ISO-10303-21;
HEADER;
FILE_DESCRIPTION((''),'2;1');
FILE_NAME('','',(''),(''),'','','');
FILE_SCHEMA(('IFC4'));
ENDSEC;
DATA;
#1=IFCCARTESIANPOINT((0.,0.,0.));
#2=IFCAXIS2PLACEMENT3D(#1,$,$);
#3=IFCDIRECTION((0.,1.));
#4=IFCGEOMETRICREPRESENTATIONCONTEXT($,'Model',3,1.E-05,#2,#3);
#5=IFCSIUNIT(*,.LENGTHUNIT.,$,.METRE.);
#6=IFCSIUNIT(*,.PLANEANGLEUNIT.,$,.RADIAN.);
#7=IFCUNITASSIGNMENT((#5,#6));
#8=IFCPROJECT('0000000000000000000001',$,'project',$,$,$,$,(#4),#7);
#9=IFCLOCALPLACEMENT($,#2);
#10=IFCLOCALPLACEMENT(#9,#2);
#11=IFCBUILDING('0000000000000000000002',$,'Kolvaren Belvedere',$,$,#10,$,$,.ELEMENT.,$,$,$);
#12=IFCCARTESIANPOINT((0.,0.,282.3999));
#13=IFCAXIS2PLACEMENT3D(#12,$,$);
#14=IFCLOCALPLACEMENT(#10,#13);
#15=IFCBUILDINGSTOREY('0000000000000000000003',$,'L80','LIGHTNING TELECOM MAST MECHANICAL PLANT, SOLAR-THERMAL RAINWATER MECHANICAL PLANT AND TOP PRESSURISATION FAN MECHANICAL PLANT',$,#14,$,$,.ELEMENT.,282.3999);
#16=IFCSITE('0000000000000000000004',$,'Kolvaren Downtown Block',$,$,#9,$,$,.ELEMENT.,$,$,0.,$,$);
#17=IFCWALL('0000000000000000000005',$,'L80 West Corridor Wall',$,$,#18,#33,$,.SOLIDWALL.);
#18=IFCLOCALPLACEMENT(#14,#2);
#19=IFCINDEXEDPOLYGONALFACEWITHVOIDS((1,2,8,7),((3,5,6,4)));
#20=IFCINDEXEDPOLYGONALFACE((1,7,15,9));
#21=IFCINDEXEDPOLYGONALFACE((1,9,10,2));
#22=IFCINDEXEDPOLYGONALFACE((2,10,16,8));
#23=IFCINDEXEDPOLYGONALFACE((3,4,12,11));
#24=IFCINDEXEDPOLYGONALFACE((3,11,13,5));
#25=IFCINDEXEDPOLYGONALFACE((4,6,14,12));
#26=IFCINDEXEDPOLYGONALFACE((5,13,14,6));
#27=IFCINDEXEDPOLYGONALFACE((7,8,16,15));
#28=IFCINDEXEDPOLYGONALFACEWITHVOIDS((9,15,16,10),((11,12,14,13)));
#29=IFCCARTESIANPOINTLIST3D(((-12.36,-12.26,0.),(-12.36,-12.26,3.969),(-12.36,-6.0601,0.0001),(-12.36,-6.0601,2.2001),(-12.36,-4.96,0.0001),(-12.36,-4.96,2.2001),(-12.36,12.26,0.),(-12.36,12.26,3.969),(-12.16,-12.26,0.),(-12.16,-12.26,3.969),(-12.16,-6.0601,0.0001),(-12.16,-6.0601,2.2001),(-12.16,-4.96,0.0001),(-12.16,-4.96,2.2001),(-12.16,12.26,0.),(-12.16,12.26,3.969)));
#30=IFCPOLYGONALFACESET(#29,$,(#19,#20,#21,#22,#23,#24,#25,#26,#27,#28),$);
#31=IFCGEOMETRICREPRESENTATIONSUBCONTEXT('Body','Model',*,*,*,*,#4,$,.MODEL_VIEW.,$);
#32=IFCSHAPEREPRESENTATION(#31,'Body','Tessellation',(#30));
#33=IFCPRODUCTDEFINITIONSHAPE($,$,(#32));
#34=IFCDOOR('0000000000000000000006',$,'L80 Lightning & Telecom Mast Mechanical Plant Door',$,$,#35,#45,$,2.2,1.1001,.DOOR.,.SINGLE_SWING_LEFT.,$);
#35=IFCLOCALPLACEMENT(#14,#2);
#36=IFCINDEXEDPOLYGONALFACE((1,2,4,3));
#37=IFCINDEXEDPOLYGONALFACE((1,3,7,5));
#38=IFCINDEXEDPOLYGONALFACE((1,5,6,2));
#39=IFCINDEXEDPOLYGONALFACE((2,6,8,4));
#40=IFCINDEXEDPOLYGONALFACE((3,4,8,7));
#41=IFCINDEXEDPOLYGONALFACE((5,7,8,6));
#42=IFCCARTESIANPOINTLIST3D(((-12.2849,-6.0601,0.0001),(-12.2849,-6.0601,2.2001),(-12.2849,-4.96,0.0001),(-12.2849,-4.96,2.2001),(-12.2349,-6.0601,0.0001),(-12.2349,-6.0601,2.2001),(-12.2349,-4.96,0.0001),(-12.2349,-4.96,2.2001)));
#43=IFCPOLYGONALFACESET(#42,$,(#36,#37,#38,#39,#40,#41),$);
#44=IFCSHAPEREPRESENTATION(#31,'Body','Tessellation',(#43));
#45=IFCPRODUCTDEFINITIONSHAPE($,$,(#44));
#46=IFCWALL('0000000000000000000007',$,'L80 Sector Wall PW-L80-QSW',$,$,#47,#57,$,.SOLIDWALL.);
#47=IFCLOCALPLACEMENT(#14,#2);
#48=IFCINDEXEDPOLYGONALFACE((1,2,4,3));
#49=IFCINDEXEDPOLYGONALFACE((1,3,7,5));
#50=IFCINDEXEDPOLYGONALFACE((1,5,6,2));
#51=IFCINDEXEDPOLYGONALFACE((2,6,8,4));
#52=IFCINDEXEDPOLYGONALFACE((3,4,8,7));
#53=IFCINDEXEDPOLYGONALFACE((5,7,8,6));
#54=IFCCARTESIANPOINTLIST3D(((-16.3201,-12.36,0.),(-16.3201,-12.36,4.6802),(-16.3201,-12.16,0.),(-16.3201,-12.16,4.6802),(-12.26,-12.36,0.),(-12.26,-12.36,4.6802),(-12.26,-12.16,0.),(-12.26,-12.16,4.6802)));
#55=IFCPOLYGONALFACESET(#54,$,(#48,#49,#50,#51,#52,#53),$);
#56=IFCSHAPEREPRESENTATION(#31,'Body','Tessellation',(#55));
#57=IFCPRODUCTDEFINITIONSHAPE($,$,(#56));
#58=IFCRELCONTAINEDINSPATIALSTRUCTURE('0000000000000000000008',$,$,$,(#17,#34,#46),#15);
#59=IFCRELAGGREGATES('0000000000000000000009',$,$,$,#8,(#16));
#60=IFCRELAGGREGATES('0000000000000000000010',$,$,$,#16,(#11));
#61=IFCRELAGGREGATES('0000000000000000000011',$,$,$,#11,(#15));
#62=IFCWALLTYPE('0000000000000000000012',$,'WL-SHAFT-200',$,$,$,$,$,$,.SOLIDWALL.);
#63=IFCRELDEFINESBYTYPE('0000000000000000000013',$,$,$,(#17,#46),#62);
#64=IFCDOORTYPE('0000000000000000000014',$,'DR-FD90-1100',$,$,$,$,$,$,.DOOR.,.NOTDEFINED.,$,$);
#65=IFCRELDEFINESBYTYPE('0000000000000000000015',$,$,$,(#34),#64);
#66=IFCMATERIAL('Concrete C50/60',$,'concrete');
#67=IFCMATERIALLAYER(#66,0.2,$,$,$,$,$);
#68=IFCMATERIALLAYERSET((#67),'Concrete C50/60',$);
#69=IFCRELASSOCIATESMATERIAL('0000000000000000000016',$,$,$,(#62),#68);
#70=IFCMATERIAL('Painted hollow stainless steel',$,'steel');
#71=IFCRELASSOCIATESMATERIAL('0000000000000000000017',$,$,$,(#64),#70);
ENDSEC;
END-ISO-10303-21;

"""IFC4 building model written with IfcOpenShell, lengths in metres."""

from ifc_helpers import new_model, si_unit, direction, frame, frame_2d, origin, place, context, subcontext, project, spatial, rectangle, extrude, material, layer, layer_set, type_object, element, fill, save


model = new_model("IFC4")

# Units and contexts
model_context = context("Model", 3, precision=1e-05, world=origin(), true_north=direction((0.0, 1.0)))
body_context = subcontext(model_context, "Body", "Model", "MODEL_VIEW")
ifc_project = project(units=[si_unit("LENGTHUNIT", "METRE"), si_unit("PLANEANGLEUNIT", "RADIAN")], contexts=[model_context])

# Site, building, storey
site_placement = place(None, origin())
site = spatial("IfcSite", under=ifc_project, at=site_placement, Name="Kolvaren Downtown Block", CompositionType="ELEMENT", RefElevation=0.0)
building_placement = place(site_placement, origin())
building = spatial("IfcBuilding", under=site, at=building_placement, Name="Kolvaren Belvedere", CompositionType="ELEMENT")
storey_placement = place(building_placement, frame((0.0, 0.0, 282.3999)))
storey = spatial("IfcBuildingStorey", under=building, at=storey_placement, Name="L80", Description="LIGHTNING TELECOM MAST MECHANICAL PLANT, SOLAR-THERMAL RAINWATER MECHANICAL PLANT AND TOP PRESSURISATION FAN MECHANICAL PLANT", CompositionType="ELEMENT", Elevation=282.3999)

# Shared definitions
ifc_material_1 = material(Name="Concrete C50/60", Category="concrete")
ifc_layer_1 = layer(ifc_material_1, 0.2)
ifc_layer_set_1 = layer_set([ifc_layer_1], Name="Concrete C50/60")
wall_type_1 = type_object("IfcWallType", Name="WL-SHAFT-200", PredefinedType="SOLIDWALL", material=ifc_layer_set_1)
ifc_material_2 = material(Name="Painted hollow stainless steel", Category="steel")
door_type = type_object("IfcDoorType", Name="DR-FD90-1100", OperationType="NOTDEFINED", PredefinedType="DOOR", material=ifc_material_2)

# Wall, opening, door
wall_1_placement = place(storey_placement, frame((-12.26, -12.26, 0.0), z_axis=(0.0, 0.0, 1.0), x_axis=(0.0, 1.0, 0.0)))
wall_1 = element("IfcWall", 1, at=wall_1_placement, inside=storey, type_object=wall_type_1, Name="L80 West Corridor Wall", PredefinedType="SOLIDWALL", context=body_context, shape_type="SweptSolid", body=[
    extrude(rectangle(XDim=24.52, YDim=0.2, at=frame_2d((12.26, 0.0))), origin(), (0.0, 0.0, 1.0), 3.969),
])
opening_1_placement = place(wall_1_placement, frame((6.2, 0.0, 0.0)))
opening_1 = element("IfcOpeningElement", 2, at=opening_1_placement, cuts=wall_1, PredefinedType="OPENING", context=body_context, shape_type="SweptSolid", body=[
    extrude(rectangle(XDim=1.1001, YDim=2.2, at=frame_2d((0.55, 1.1001))), frame((0.0, 0.1099, 0.0), z_axis=(0.0, -1.0, 0.0), x_axis=(1.0, 0.0, 0.0)), (0.0, 0.0, 1.0), 0.22),
])
door_1_placement = place(opening_1_placement, origin())
door_1 = element("IfcDoor", 3, at=door_1_placement, inside=storey, type_object=door_type, Name="L80 Lightning & Telecom Mast Mechanical Plant Door", OperationType="SINGLE_SWING_LEFT", OverallHeight=2.2, OverallWidth=1.1001, PredefinedType="DOOR", context=body_context, shape_type="SweptSolid", body=[
    extrude(rectangle(XDim=1.1001, YDim=2.2, at=frame_2d((0.55, 1.1001))), frame((0.0, 0.0249, 0.0), z_axis=(0.0, -1.0, 0.0), x_axis=(1.0, 0.0, 0.0)), (0.0, 0.0, 1.0), 0.05),
])
fill(opening_1, door_1)

# Wall
wall_2_placement = place(storey_placement, frame((-16.3201, -12.26, 0.0), z_axis=(0.0, 0.0, 1.0), x_axis=(1.0, 0.0, 0.0)))
element("IfcWall", 4, at=wall_2_placement, inside=storey, type_object=wall_type_1, Name="L80 Sector Wall PW-L80-QSW", PredefinedType="SOLIDWALL", context=body_context, shape_type="SweptSolid", body=[
    extrude(rectangle(XDim=4.0601, YDim=0.2, at=frame_2d((2.03, 0.0))), origin(), (0.0, 0.0, 1.0), 4.6802),
])

save(model, "model.ifc")
